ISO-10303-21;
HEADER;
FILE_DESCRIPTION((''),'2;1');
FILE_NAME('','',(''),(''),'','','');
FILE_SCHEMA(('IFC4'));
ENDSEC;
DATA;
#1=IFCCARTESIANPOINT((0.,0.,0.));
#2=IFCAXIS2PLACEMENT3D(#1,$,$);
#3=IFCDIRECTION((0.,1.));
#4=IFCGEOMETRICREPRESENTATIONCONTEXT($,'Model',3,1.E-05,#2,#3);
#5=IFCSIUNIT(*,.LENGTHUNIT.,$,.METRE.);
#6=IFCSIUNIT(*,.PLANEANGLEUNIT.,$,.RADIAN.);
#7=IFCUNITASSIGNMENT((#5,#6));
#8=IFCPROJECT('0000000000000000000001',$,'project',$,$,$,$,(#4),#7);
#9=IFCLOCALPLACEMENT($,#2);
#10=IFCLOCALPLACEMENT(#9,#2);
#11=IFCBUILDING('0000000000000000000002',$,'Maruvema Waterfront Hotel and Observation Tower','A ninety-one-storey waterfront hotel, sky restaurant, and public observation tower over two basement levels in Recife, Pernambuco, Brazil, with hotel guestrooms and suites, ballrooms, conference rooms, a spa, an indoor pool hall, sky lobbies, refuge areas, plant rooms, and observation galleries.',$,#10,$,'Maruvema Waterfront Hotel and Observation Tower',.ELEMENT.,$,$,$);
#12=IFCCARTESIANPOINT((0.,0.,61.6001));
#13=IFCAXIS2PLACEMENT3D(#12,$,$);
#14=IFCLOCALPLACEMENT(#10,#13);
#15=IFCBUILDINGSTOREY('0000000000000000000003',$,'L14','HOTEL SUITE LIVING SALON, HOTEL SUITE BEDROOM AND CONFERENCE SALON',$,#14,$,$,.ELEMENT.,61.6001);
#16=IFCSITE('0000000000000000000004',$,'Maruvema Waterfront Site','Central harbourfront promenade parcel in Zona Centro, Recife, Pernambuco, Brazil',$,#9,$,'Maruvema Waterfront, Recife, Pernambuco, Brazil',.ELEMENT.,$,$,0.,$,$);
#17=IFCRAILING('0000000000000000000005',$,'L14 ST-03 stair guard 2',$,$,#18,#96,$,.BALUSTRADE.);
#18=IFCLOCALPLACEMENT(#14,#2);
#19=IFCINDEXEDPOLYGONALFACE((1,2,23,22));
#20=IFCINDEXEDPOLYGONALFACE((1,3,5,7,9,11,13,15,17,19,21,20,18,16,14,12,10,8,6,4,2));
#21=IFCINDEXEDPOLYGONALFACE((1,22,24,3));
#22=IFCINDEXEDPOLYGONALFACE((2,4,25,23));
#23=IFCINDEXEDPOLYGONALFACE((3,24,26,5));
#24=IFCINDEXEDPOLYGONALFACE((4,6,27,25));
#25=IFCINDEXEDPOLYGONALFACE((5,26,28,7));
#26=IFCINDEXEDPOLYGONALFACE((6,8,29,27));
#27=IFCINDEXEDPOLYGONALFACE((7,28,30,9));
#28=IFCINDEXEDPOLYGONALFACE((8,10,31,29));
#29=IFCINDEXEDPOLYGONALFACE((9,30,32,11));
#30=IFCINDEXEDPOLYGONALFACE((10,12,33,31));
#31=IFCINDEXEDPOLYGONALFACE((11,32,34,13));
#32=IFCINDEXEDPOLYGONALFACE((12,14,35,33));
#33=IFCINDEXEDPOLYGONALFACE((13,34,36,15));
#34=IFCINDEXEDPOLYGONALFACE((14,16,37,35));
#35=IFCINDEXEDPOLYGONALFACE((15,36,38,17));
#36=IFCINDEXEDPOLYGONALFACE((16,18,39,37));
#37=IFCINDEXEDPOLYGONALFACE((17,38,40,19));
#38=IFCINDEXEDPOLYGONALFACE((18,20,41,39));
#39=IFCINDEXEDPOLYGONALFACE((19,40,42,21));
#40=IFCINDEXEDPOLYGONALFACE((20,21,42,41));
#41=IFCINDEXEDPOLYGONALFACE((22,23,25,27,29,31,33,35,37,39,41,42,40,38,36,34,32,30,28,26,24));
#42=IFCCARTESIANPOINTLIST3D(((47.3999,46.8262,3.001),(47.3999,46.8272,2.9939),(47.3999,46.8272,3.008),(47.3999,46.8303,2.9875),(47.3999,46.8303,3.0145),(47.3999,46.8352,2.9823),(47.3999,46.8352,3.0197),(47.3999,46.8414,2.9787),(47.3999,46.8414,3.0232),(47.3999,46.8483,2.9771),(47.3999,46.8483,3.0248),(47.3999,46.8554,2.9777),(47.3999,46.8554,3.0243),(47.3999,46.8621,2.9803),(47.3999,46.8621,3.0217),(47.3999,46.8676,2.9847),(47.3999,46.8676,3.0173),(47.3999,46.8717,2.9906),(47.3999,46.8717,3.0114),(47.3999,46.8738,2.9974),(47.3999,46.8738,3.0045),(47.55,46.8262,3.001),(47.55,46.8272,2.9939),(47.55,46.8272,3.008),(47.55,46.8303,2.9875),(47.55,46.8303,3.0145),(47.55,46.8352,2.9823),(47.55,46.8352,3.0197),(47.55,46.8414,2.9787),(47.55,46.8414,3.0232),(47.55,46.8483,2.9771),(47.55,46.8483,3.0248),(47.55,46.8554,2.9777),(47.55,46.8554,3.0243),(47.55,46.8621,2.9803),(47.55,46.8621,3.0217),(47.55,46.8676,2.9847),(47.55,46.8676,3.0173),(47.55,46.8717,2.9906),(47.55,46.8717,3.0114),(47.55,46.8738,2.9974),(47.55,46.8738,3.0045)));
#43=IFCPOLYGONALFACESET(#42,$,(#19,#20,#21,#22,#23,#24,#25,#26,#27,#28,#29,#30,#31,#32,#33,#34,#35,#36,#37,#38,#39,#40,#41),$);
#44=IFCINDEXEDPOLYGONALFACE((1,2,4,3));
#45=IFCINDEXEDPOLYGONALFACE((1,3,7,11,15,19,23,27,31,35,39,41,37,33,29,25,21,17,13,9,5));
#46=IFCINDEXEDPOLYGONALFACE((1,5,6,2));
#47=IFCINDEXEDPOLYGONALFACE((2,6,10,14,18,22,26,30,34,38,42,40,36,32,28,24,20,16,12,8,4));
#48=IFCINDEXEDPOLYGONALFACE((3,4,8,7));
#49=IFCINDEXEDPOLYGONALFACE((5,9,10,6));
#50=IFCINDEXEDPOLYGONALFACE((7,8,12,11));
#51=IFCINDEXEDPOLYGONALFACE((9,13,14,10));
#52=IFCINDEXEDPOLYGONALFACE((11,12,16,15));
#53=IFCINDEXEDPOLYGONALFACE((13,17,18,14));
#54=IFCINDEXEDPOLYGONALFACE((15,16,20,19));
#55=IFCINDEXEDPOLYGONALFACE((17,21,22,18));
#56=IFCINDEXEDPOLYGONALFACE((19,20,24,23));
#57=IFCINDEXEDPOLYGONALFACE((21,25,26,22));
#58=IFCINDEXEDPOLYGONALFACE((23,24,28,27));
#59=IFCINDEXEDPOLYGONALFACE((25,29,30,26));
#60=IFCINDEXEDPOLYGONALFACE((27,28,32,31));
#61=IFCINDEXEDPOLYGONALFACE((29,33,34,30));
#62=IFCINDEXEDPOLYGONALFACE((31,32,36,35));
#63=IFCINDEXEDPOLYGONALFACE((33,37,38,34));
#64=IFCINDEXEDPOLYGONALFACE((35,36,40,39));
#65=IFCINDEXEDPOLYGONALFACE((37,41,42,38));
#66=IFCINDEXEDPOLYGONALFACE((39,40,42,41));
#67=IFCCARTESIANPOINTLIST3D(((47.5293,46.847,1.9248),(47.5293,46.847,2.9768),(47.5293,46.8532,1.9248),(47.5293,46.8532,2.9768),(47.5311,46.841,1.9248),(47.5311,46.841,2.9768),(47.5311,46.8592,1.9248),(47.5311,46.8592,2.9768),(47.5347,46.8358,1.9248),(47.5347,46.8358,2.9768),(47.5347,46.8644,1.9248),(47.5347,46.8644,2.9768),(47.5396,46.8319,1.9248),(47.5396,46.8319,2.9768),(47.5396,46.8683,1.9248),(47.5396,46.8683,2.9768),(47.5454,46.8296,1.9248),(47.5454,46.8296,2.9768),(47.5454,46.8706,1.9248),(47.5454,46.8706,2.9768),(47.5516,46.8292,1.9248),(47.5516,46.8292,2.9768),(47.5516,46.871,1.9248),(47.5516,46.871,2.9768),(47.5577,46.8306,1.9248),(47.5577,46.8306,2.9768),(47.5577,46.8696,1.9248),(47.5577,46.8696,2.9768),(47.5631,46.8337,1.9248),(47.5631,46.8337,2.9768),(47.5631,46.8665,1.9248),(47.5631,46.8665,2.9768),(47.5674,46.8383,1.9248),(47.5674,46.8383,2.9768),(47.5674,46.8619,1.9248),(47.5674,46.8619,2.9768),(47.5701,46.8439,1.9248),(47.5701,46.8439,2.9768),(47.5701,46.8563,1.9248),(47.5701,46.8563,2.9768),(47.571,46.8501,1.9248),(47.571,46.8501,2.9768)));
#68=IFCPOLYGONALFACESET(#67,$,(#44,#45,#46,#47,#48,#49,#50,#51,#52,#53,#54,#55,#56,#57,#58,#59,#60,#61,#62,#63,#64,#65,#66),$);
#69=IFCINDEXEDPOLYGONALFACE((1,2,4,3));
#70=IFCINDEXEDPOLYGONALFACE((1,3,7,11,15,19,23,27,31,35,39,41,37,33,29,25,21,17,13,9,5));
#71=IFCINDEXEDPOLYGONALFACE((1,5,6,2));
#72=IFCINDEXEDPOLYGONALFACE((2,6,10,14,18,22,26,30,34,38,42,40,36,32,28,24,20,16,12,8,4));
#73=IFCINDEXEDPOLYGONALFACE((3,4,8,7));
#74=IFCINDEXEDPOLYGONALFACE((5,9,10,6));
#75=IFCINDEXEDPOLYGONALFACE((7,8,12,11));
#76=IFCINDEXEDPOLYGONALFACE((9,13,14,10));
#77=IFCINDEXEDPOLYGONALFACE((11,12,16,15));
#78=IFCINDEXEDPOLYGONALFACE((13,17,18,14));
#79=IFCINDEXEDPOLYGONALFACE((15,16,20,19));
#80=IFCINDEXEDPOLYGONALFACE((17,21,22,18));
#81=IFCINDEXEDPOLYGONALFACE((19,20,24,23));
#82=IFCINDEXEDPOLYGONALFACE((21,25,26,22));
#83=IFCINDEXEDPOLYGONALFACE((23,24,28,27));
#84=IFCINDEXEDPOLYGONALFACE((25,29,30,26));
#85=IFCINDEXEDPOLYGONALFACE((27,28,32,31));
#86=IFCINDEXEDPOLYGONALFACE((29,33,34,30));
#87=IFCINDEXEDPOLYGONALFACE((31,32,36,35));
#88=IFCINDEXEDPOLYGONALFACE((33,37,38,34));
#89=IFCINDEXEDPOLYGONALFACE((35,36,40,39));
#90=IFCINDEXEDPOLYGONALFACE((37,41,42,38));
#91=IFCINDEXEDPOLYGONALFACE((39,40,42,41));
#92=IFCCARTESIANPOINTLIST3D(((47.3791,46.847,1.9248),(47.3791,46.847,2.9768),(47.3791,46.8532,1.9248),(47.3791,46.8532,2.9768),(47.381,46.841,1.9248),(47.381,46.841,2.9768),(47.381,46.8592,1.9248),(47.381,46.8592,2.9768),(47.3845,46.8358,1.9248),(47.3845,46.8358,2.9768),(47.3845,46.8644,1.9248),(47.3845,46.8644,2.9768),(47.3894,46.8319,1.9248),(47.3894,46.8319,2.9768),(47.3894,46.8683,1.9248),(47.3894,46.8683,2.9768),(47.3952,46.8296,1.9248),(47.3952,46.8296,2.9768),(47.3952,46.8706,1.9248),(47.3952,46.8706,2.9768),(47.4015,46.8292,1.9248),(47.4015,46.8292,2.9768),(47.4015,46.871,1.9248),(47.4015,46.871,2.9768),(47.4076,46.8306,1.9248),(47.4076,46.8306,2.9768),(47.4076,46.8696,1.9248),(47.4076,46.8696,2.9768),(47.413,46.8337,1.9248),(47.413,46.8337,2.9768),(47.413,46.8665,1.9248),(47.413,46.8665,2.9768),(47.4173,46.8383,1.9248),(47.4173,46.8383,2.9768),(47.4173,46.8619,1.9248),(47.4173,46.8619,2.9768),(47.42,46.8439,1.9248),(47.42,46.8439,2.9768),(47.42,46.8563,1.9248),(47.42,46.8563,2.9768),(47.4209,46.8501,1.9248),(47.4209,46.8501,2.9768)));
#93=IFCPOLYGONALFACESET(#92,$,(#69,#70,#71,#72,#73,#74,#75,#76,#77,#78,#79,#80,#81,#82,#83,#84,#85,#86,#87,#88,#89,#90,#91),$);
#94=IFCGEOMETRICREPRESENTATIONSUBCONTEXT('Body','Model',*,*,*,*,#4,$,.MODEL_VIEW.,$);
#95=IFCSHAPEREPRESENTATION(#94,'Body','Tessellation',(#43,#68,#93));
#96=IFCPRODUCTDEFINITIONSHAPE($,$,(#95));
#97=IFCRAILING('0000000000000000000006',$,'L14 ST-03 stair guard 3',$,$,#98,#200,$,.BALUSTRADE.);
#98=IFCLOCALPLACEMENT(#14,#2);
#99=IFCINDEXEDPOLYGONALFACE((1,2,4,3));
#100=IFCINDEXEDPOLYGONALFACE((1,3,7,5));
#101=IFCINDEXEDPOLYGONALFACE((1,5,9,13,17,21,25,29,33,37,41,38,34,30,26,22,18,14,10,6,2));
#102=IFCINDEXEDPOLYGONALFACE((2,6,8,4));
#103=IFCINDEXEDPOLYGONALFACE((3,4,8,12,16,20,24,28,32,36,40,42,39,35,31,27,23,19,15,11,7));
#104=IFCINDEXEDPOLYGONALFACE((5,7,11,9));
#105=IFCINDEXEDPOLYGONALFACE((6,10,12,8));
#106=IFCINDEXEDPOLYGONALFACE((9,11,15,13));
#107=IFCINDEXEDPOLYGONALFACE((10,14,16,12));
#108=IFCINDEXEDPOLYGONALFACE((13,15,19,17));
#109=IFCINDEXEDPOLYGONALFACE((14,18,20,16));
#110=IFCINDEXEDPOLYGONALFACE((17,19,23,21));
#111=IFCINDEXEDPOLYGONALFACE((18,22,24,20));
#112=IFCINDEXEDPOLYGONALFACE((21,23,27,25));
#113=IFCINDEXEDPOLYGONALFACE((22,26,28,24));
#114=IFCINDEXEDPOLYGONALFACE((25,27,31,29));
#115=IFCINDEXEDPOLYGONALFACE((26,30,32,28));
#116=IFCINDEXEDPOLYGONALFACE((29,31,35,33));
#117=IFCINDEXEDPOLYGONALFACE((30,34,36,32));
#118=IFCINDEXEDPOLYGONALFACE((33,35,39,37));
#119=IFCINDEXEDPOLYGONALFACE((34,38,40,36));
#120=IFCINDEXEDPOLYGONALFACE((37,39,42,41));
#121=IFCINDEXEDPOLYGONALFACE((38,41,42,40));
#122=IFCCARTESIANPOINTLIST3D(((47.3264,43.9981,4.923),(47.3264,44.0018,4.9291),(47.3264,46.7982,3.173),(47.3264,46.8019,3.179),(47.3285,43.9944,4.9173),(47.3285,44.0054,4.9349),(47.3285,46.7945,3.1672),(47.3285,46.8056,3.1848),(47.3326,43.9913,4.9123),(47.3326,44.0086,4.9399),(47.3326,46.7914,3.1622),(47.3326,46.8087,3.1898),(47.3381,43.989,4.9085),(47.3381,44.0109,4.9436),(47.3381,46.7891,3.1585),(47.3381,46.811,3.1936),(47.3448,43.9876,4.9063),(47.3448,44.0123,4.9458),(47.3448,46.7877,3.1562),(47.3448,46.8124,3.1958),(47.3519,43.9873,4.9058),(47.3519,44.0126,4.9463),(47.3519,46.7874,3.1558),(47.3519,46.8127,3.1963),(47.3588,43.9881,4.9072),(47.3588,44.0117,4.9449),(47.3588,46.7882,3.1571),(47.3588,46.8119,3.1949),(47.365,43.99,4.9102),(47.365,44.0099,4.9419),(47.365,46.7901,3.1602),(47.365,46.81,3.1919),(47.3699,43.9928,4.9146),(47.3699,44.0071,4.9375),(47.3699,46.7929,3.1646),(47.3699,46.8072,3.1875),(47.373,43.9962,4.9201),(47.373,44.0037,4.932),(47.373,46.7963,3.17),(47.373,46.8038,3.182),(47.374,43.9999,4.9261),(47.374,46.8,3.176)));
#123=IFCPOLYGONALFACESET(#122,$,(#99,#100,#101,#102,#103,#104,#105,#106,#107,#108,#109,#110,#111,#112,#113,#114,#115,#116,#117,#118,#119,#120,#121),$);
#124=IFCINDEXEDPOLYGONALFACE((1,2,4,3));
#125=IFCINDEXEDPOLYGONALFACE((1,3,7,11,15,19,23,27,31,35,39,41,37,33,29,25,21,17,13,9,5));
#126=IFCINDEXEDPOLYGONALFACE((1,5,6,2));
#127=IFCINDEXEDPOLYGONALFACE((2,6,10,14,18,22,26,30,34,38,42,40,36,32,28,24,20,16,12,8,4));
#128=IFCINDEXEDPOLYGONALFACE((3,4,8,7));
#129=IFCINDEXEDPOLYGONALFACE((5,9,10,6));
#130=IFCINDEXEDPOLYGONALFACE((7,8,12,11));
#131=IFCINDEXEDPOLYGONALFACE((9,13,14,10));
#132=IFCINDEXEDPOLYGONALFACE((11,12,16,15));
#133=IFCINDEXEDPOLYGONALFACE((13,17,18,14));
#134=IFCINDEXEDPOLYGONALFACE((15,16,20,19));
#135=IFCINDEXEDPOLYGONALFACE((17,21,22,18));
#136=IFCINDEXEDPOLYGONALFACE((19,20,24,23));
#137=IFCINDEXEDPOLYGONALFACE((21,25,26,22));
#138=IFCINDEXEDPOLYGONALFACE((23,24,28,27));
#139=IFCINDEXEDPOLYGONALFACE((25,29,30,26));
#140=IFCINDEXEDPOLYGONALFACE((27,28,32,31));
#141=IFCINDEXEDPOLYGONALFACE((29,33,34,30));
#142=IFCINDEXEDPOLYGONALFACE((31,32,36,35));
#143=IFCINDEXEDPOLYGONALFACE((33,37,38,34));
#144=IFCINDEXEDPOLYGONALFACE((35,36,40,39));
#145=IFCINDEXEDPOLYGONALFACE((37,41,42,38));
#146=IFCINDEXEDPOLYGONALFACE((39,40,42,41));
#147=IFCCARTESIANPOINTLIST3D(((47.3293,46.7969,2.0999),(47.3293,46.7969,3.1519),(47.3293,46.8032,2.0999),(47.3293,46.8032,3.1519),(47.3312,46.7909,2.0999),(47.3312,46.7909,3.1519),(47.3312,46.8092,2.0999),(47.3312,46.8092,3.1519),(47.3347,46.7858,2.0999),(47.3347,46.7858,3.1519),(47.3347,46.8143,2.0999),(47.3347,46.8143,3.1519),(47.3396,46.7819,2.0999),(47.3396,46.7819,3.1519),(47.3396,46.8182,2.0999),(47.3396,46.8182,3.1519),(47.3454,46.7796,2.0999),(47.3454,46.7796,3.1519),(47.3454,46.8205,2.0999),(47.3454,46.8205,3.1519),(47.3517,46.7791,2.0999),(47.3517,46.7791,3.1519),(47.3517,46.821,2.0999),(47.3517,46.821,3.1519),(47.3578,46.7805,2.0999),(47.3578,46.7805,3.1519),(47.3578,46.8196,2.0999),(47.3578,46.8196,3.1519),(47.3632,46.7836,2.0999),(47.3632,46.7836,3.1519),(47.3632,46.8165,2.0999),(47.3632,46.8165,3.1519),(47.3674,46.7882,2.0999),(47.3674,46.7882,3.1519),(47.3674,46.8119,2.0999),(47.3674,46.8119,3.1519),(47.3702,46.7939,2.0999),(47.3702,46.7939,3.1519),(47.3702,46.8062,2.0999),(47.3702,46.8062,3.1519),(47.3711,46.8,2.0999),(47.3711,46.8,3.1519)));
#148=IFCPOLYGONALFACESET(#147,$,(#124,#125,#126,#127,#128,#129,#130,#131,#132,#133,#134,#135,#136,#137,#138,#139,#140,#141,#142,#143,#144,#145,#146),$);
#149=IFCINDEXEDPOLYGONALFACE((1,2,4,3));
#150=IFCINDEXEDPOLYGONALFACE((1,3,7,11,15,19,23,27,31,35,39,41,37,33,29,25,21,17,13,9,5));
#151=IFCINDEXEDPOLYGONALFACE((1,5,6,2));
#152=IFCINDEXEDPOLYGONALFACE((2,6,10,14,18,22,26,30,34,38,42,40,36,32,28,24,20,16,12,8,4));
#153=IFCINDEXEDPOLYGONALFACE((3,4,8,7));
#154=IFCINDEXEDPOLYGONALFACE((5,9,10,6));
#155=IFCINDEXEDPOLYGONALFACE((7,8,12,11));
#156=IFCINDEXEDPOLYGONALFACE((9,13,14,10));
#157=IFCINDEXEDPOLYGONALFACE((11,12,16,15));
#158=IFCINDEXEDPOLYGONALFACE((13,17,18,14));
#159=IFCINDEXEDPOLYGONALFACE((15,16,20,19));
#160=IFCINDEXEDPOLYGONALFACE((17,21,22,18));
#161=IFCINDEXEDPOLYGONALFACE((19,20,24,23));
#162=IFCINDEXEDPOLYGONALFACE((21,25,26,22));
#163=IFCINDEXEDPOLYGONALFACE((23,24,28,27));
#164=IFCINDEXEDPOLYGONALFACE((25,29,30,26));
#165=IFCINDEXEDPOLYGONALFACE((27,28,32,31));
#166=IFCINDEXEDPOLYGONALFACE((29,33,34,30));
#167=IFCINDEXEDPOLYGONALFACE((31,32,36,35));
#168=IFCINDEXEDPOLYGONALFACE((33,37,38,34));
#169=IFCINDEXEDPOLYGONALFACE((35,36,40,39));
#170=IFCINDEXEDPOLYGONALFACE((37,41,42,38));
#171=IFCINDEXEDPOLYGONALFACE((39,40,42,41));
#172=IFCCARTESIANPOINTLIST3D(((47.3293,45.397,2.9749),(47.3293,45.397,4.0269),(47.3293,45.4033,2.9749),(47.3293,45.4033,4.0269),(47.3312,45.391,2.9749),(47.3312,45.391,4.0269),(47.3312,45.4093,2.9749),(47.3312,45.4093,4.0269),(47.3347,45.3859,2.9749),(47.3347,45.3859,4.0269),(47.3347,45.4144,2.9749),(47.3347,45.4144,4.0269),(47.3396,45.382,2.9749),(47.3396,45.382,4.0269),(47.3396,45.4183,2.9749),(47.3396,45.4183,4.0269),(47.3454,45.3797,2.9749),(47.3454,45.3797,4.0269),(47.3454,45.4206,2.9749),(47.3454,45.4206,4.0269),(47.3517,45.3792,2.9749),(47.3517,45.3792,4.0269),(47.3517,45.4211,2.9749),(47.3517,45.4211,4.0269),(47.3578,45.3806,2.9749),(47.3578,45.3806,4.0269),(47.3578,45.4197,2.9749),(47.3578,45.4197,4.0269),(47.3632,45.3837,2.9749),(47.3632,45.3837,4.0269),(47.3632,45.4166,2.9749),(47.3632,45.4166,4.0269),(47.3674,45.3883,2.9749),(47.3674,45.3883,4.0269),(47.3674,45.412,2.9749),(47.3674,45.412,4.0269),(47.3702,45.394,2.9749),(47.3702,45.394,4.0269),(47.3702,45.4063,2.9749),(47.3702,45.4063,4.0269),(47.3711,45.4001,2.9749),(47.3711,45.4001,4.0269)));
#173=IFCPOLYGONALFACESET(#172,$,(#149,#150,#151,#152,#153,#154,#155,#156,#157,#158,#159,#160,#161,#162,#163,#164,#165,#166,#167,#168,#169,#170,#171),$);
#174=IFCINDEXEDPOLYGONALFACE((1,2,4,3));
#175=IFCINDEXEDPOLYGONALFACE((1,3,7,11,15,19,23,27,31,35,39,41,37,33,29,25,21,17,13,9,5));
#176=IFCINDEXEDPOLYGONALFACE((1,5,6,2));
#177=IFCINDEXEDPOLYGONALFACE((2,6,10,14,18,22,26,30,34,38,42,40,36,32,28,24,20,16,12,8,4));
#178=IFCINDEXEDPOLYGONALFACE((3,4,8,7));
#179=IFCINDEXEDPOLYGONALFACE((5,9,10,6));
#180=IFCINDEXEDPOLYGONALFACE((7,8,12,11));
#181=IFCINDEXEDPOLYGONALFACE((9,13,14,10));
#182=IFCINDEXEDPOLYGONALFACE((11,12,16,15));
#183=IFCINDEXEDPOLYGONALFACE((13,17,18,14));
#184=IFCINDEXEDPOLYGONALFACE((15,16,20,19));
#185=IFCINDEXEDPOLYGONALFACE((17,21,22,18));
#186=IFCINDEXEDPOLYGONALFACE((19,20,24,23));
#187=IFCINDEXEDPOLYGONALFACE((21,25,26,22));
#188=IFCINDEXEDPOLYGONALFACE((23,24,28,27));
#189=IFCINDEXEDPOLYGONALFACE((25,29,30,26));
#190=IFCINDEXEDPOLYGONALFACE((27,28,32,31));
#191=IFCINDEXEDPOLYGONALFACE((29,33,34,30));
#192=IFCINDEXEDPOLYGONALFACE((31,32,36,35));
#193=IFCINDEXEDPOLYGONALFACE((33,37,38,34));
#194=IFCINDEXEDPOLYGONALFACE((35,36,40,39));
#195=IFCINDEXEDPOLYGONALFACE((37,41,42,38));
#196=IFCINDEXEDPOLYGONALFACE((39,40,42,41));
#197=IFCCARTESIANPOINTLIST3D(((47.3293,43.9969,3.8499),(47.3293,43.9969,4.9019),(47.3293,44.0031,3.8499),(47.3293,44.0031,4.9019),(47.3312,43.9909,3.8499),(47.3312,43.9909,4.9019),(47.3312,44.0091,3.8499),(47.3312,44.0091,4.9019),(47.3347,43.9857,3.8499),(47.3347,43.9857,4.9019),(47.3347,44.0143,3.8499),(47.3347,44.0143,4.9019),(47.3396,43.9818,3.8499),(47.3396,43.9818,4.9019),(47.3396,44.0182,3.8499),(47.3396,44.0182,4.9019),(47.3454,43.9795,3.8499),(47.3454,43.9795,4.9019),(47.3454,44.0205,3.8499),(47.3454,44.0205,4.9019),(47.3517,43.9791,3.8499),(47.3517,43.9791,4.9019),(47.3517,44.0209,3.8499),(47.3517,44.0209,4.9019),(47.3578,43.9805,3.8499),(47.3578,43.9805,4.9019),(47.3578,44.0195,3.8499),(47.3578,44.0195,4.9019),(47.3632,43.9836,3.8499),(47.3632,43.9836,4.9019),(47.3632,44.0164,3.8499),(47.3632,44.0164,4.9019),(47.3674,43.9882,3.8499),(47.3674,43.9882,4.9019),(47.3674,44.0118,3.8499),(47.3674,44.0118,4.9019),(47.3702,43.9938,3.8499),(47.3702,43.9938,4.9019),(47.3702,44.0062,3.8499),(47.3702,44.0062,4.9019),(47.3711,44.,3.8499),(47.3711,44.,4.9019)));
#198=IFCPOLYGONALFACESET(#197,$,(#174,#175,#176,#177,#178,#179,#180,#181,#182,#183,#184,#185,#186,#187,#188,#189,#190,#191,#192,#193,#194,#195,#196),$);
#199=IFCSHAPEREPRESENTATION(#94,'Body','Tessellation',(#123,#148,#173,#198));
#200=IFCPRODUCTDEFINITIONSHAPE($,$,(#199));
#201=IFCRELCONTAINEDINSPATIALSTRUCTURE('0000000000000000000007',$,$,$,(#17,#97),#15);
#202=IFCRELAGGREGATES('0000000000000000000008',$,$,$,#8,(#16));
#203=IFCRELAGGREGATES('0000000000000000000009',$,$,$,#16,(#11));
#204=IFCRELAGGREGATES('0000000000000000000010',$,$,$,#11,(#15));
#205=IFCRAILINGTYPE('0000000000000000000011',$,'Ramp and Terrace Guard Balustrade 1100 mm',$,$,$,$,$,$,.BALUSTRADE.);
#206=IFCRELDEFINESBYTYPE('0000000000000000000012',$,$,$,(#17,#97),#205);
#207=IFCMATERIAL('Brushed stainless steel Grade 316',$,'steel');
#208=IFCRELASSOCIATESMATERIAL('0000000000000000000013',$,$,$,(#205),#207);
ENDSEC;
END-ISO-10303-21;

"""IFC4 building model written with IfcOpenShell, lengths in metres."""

from ifc_helpers import new_model, si_unit, direction, frame, origin, origin_2d, place, context, subcontext, project, spatial, circle, extrude, material, type_object, element, save


model = new_model("IFC4")

# Units and contexts
model_context = context("Model", 3, precision=1e-05, world=origin(), true_north=direction((0.0, 1.0)))
body_context = subcontext(model_context, "Body", "Model", "MODEL_VIEW")
ifc_project = project(units=[si_unit("LENGTHUNIT", "METRE"), si_unit("PLANEANGLEUNIT", "RADIAN")], contexts=[model_context])

# Site, building, storey
site_placement = place(None, origin())
site = spatial("IfcSite", under=ifc_project, at=site_placement, Name="Maruvema Waterfront Site", Description="Central harbourfront promenade parcel in Zona Centro, Recife, Pernambuco, Brazil", LongName="Maruvema Waterfront, Recife, Pernambuco, Brazil", CompositionType="ELEMENT", RefElevation=0.0)
building_placement = place(site_placement, origin())
building = spatial("IfcBuilding", under=site, at=building_placement, Name="Maruvema Waterfront Hotel and Observation Tower", Description="A ninety-one-storey waterfront hotel, sky restaurant, and public observation tower over two basement levels in Recife, Pernambuco, Brazil, with hotel guestrooms and suites, ballrooms, conference rooms, a spa, an indoor pool hall, sky lobbies, refuge areas, plant rooms, and observation galleries.", LongName="Maruvema Waterfront Hotel and Observation Tower", CompositionType="ELEMENT")
storey_placement = place(building_placement, frame((0.0, 0.0, 61.6001)))
storey = spatial("IfcBuildingStorey", under=building, at=storey_placement, Name="L14", Description="HOTEL SUITE LIVING SALON, HOTEL SUITE BEDROOM AND CONFERENCE SALON", CompositionType="ELEMENT", Elevation=61.6001)

# Railings
ifc_material_1 = material(Name="Brushed stainless steel Grade 316", Category="steel")
railing_type_1 = type_object("IfcRailingType", Name="Ramp and Terrace Guard Balustrade 1100 mm", PredefinedType="BALUSTRADE", material=ifc_material_1)
railing_1_placement = place(storey_placement, frame((47.55, 46.8501, 1.9248)))
element("IfcRailing", 1, at=railing_1_placement, inside=storey, type_object=railing_type_1, Name="L14 ST-03 stair guard 2", PredefinedType="BALUSTRADE", context=body_context, shape_type="SweptSolid", body=[
    extrude(circle(Radius=0.0239, at=origin_2d()), frame((0.0, 0.0, 1.0762), z_axis=(-1.0, 0.0, 0.0), x_axis=(0.0, -1.0, 0.0)), (0.0, 0.0, 1.0), 0.1501),
    extrude(circle(Radius=0.021, at=origin_2d()), origin(), (0.0, 0.0, 1.0), 1.052),
    extrude(circle(Radius=0.021, at=origin_2d()), frame((-0.1501, 0.0, 0.0)), (0.0, 0.0, 1.0), 1.052),
])
railing_2_placement = place(storey_placement, frame((47.3501, 46.8, 2.0999)))
element("IfcRailing", 2, at=railing_2_placement, inside=storey, type_object=railing_type_1, Name="L14 ST-03 stair guard 3", PredefinedType="BALUSTRADE", context=body_context, shape_type="SweptSolid", body=[
    extrude(circle(Radius=0.0239, at=origin_2d()), frame((0.0, 0.0, 1.0762), z_axis=(0.0, -0.848002, 0.529992), x_axis=(1.0, 0.0, 0.0)), (0.0, 0.0, 1.0), 3.302),
    extrude(circle(Radius=0.021, at=origin_2d()), origin(), (0.0, 0.0, 1.0), 1.052),
    extrude(circle(Radius=0.021, at=origin_2d()), frame((0.0, -1.3999, 0.875)), (0.0, 0.0, 1.0), 1.052),
    extrude(circle(Radius=0.021, at=origin_2d()), frame((0.0, -2.8, 1.75)), (0.0, 0.0, 1.0), 1.052),
])

save(model, "model.ifc")
